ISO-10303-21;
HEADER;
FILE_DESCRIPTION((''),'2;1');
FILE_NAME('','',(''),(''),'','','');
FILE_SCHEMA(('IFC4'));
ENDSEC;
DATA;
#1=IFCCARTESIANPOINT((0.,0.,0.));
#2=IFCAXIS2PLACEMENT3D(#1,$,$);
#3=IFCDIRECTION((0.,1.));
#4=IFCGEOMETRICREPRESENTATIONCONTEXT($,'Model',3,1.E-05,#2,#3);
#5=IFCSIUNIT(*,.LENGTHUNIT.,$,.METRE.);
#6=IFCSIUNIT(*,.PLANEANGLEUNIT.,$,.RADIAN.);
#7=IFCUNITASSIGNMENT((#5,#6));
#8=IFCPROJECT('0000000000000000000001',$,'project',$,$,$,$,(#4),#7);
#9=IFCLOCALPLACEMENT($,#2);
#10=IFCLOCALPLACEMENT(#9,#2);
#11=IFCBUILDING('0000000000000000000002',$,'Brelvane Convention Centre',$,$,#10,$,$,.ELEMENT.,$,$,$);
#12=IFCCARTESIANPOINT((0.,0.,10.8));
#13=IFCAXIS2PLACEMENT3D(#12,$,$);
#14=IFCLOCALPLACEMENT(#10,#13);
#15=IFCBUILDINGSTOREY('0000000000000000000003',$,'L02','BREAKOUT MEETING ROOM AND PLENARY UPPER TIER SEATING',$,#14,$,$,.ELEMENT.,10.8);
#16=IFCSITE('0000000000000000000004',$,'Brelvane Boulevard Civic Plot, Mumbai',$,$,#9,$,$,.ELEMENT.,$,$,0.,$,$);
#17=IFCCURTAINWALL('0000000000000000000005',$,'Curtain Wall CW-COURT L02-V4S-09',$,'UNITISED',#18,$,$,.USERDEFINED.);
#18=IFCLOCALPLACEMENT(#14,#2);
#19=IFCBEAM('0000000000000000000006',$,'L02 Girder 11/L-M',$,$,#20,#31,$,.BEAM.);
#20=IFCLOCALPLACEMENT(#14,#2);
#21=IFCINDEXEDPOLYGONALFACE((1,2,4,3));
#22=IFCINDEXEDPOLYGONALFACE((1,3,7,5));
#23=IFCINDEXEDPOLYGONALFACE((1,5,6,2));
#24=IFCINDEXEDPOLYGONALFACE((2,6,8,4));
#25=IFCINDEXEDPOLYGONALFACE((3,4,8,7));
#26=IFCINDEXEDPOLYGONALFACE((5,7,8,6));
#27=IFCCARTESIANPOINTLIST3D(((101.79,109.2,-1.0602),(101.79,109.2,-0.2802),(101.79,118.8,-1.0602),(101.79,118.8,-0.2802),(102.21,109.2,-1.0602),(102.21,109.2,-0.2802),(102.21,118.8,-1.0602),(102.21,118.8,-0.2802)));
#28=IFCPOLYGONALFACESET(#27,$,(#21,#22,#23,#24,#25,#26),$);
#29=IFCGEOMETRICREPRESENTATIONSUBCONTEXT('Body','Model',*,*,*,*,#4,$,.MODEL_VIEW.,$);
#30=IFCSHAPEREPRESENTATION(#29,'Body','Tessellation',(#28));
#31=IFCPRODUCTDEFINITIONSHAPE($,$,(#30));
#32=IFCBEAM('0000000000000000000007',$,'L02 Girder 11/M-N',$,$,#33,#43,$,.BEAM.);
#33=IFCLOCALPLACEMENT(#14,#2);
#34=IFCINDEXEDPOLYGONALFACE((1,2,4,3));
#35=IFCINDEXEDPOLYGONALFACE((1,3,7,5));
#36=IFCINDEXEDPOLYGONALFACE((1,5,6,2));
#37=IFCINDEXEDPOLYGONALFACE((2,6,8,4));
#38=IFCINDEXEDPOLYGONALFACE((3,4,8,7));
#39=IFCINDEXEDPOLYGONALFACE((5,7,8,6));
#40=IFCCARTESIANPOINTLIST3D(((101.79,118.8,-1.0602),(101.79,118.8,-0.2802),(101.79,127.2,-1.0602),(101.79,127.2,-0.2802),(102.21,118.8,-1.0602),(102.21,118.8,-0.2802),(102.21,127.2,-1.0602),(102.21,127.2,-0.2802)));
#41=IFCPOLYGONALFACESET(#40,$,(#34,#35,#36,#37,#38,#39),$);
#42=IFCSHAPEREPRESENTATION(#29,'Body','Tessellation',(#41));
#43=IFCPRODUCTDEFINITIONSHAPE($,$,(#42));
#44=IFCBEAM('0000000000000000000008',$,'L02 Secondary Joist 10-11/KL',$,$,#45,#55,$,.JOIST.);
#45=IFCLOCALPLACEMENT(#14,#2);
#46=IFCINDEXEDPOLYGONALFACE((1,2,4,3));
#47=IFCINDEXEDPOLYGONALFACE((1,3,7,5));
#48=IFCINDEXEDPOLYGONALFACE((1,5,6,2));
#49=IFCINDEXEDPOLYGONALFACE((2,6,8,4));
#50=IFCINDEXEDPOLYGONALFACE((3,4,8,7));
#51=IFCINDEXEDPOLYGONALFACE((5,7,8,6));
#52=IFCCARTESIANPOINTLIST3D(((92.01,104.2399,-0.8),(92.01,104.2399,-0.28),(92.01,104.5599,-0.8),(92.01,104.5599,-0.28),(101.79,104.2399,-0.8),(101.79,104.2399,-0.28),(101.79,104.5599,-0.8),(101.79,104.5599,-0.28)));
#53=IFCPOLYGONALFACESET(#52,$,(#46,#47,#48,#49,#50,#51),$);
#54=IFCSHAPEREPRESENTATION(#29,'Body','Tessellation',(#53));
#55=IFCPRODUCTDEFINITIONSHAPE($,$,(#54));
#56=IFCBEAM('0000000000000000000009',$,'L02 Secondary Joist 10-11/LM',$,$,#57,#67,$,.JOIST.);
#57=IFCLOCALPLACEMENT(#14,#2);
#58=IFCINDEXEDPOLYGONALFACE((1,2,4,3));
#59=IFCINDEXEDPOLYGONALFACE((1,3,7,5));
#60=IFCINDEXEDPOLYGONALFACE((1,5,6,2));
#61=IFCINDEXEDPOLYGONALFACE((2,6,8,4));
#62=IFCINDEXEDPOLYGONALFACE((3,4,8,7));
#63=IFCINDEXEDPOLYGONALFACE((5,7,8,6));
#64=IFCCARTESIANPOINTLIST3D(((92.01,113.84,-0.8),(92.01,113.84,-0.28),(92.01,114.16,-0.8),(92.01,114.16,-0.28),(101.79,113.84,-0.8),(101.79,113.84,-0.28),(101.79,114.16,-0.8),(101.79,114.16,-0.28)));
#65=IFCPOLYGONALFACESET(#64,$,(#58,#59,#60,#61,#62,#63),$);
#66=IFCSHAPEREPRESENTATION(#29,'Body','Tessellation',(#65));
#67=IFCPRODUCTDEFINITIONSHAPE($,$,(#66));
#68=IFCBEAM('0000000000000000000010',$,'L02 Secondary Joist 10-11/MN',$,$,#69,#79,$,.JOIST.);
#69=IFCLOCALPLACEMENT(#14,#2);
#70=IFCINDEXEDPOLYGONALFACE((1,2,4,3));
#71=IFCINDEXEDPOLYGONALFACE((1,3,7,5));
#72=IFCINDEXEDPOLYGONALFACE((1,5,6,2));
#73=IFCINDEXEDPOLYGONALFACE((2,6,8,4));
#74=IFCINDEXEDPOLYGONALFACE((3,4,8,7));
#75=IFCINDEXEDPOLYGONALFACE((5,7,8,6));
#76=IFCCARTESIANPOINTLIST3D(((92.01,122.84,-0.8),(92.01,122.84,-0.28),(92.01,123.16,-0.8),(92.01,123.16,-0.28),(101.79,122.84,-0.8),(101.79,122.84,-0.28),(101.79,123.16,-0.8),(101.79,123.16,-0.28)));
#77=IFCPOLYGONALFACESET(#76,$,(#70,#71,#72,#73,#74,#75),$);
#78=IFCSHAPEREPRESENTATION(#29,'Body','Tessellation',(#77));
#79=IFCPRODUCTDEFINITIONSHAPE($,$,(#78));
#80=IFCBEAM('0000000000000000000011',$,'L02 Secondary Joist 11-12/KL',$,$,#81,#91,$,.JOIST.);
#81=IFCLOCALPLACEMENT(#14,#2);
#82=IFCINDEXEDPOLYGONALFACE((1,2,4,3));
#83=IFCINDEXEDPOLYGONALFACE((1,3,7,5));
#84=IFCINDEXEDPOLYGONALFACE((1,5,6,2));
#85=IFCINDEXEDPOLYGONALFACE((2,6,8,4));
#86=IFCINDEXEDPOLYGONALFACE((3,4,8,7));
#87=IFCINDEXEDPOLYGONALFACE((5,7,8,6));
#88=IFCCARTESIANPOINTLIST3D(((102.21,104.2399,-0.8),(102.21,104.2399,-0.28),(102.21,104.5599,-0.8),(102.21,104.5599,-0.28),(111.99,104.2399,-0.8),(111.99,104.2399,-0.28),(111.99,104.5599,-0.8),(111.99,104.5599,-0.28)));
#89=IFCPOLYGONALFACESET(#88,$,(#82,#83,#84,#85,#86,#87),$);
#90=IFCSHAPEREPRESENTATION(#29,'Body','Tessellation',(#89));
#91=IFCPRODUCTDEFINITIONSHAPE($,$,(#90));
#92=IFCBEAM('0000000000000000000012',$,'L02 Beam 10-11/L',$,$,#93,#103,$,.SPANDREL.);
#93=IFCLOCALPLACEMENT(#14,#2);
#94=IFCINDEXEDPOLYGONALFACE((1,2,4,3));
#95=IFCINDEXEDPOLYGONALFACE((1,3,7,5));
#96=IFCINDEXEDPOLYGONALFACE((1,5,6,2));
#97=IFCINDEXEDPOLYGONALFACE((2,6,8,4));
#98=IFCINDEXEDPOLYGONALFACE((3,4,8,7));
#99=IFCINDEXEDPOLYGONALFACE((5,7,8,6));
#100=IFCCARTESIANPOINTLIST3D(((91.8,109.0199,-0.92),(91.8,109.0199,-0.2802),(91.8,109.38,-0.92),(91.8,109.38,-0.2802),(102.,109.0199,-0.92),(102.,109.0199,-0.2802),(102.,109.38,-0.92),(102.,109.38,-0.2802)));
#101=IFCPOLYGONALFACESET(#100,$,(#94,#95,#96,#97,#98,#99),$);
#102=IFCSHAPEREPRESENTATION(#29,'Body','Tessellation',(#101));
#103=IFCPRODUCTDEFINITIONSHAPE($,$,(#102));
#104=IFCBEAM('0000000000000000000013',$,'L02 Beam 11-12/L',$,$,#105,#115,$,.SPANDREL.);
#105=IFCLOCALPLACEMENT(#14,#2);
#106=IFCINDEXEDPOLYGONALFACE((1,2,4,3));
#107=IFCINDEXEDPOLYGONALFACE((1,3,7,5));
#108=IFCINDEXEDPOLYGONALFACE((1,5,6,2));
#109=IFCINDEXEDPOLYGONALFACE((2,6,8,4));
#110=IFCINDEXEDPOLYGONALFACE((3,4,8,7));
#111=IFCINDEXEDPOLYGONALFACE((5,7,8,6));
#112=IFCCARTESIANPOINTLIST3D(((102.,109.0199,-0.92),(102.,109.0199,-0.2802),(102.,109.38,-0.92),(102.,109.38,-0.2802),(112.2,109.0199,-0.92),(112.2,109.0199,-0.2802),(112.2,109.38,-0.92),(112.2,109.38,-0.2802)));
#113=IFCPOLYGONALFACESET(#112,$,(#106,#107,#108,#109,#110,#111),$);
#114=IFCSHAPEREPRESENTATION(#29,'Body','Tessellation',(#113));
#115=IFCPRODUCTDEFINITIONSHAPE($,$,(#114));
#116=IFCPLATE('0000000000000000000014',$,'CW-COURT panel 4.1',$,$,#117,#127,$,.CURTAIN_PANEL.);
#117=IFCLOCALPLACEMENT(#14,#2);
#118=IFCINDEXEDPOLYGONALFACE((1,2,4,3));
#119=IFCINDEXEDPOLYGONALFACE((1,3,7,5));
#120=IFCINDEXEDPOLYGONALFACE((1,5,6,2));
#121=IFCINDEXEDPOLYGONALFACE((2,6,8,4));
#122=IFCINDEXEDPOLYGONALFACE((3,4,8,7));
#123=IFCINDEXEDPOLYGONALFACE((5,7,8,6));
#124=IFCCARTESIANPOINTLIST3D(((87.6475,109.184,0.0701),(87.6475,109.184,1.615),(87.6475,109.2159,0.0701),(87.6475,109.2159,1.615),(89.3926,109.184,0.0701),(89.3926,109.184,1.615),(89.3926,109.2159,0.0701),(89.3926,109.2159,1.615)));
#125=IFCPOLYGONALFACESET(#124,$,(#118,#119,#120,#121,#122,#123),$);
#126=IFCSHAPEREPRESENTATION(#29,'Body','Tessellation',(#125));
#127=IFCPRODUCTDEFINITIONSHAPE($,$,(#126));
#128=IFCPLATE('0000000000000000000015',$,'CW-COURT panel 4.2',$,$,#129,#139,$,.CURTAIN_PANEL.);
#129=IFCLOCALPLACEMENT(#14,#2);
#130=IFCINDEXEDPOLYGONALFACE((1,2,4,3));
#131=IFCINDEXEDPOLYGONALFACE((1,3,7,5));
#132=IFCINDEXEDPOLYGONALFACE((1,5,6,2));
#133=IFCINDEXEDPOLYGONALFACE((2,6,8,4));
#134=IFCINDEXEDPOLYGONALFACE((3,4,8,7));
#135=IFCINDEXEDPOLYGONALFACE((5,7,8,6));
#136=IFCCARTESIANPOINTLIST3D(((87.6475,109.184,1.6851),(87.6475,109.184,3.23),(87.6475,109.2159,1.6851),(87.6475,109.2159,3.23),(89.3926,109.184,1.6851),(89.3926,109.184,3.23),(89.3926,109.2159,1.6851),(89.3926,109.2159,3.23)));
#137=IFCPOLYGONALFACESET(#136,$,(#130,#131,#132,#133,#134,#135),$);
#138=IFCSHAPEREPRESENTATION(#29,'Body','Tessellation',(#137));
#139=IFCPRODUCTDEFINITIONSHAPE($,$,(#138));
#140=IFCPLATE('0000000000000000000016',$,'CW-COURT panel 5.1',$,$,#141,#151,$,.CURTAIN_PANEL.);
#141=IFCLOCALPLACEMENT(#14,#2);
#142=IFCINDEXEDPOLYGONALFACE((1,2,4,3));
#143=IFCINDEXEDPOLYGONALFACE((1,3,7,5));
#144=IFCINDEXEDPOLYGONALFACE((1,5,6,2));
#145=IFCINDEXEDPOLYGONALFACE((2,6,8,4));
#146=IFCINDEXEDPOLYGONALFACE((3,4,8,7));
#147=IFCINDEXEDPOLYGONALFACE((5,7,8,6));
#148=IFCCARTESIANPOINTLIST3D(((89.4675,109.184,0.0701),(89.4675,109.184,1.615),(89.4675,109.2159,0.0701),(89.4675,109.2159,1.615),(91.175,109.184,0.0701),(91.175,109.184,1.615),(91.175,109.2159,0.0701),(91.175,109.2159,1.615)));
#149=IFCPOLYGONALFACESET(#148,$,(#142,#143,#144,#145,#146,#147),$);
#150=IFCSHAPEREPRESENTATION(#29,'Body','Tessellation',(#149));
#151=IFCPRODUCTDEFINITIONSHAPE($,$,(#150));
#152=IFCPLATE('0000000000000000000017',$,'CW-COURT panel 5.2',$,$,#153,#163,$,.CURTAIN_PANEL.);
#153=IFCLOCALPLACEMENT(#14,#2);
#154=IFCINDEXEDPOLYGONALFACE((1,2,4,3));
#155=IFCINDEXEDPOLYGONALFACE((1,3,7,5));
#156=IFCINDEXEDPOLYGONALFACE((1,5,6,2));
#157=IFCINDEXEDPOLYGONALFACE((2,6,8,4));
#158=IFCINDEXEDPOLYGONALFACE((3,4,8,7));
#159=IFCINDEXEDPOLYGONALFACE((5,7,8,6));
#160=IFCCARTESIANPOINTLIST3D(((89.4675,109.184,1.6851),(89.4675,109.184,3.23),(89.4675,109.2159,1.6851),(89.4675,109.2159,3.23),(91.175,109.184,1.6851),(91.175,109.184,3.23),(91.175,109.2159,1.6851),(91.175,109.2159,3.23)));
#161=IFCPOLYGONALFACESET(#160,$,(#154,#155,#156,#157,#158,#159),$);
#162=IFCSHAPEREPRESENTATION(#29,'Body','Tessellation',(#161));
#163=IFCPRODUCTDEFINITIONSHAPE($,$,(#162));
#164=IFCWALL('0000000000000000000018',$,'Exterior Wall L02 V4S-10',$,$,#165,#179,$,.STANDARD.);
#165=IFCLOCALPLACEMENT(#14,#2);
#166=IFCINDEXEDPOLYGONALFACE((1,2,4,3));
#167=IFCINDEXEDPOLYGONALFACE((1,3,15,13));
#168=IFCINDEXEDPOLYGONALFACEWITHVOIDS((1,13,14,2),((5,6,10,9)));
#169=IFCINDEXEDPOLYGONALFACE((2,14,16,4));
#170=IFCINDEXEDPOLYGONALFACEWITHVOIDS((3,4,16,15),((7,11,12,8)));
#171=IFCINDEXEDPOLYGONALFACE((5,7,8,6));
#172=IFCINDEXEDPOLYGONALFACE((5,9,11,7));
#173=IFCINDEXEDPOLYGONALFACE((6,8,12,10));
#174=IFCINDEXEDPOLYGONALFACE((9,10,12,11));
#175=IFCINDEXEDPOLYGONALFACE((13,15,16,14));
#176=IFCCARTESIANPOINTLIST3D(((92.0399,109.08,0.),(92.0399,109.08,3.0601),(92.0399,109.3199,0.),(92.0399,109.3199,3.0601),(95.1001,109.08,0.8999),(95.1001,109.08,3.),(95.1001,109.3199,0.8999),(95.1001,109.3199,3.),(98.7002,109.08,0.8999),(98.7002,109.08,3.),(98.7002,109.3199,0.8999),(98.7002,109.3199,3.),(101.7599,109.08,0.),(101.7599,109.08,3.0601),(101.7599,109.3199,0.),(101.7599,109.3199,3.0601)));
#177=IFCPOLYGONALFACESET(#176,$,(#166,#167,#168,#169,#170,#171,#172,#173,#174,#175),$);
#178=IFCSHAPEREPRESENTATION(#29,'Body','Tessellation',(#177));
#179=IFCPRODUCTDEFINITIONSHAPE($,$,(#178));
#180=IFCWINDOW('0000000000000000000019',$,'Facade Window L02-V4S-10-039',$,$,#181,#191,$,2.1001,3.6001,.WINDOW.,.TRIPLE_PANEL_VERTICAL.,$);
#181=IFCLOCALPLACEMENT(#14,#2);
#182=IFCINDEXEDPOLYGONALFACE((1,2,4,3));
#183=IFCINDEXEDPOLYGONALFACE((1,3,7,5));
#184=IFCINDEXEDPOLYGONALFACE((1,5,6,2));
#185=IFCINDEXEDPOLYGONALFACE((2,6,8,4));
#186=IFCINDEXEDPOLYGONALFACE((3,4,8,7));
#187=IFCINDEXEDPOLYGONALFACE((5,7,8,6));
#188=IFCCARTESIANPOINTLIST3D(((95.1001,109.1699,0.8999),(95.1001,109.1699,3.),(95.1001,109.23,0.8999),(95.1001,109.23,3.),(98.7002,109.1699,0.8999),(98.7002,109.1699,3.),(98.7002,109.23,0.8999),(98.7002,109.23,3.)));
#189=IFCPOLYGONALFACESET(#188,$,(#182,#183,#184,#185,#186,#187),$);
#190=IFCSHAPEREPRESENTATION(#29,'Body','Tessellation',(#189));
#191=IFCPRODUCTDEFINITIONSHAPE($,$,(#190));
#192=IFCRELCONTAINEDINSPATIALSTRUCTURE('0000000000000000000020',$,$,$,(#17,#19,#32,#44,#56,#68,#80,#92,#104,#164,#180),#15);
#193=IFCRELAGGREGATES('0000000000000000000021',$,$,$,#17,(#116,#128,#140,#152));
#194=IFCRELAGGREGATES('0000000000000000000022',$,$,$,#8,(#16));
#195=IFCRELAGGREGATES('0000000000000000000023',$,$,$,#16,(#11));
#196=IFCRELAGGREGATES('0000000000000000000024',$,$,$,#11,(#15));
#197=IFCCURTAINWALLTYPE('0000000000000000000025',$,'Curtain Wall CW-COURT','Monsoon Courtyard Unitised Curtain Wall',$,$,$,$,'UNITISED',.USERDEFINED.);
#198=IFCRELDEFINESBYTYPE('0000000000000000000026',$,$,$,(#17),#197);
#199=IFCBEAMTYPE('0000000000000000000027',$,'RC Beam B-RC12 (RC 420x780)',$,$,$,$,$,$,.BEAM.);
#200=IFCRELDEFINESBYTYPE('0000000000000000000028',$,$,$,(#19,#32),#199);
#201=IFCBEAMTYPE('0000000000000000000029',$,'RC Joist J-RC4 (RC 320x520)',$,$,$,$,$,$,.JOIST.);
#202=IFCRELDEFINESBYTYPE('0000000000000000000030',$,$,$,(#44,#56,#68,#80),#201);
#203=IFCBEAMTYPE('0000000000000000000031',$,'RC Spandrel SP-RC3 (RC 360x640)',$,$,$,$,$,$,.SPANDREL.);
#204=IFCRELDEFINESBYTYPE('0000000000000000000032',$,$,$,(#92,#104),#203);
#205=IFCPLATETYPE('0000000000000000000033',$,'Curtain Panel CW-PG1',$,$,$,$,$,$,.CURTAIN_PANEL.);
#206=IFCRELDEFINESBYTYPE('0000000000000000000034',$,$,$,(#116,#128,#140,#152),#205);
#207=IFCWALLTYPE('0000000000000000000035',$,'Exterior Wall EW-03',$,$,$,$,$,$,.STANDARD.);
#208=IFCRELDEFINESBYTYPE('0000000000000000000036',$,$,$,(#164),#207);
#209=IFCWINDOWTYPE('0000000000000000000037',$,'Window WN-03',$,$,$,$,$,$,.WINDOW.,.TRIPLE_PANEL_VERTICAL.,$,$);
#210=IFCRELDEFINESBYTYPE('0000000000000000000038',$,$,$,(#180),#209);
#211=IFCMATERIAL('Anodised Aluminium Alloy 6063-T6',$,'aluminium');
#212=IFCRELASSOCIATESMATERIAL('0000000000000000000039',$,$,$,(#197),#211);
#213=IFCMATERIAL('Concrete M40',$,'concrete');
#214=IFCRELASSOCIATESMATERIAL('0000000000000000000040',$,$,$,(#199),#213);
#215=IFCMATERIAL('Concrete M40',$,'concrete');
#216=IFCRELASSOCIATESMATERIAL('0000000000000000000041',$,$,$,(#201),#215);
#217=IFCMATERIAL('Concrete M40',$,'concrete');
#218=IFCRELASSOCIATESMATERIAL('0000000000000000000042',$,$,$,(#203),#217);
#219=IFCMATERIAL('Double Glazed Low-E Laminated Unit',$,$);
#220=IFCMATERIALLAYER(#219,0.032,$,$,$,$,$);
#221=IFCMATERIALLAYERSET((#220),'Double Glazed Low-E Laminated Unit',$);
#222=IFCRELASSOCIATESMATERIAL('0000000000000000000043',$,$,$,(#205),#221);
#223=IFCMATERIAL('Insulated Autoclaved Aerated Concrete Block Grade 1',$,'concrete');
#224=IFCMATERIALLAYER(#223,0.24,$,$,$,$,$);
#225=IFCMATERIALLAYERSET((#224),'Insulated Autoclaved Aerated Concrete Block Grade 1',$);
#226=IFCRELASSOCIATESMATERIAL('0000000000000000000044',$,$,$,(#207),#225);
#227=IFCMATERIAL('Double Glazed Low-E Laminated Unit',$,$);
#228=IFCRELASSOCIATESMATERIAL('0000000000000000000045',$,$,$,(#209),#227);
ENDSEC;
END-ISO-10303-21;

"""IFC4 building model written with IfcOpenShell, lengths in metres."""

from ifc_helpers import new_model, si_unit, direction, frame, frame_2d, origin, origin_2d, place, context, subcontext, project, spatial, rectangle, extrude, material, layer, layer_set, material_profile, profile_set, type_object, element, fill, aggregate, save


model = new_model("IFC4")

# Units and contexts
model_context = context("Model", 3, precision=1e-05, world=origin(), true_north=direction((0.0, 1.0)))
body_context = subcontext(model_context, "Body", "Model", "MODEL_VIEW")
ifc_project = project(units=[si_unit("LENGTHUNIT", "METRE"), si_unit("PLANEANGLEUNIT", "RADIAN")], contexts=[model_context])

# Site, building, storey
site_placement = place(None, origin())
site = spatial("IfcSite", under=ifc_project, at=site_placement, Name="Brelvane Boulevard Civic Plot, Mumbai", CompositionType="ELEMENT", RefElevation=0.0)
building_placement = place(site_placement, origin())
building = spatial("IfcBuilding", under=site, at=building_placement, Name="Brelvane Convention Centre", CompositionType="ELEMENT")
storey_placement = place(building_placement, frame((0.0, 0.0, 10.8)))
storey = spatial("IfcBuildingStorey", under=building, at=storey_placement, Name="L02", Description="BREAKOUT MEETING ROOM AND PLENARY UPPER TIER SEATING", CompositionType="ELEMENT", Elevation=10.8)

# Curtain wall
ifc_material_1 = material(Name="Anodised Aluminium Alloy 6063-T6", Category="aluminium")
curtain_wall_type_1 = type_object("IfcCurtainWallType", Name="Curtain Wall CW-COURT", Description="Monsoon Courtyard Unitised Curtain Wall", ElementType="UNITISED", PredefinedType="USERDEFINED", material=ifc_material_1)
curtain_wall_1_placement = place(storey_placement, origin())
curtain_wall_1 = element("IfcCurtainWall", 1, at=curtain_wall_1_placement, inside=storey, type_object=curtain_wall_type_1, Name="Curtain Wall CW-COURT L02-V4S-09", ObjectType="UNITISED", PredefinedType="USERDEFINED")

# Beams
ifc_material_2 = material(Name="Concrete M40", Category="concrete")
ifc_material_profile_1 = material_profile(ifc_material_2, rectangle(XDim=0.4199, YDim=0.78, at=origin_2d()), Name="RC 420x780")
ifc_profile_set_1 = profile_set([ifc_material_profile_1], Name="Concrete M40")
beam_type_1 = type_object("IfcBeamType", Name="RC Beam B-RC12 (RC 420x780)", PredefinedType="BEAM", material=ifc_profile_set_1)
beam_1_placement = place(storey_placement, frame((102.0, 109.2, -0.6702), z_axis=(0.0, 1.0, 0.0), x_axis=(-1.0, 0.0, 0.0)))
element("IfcBeam", 2, at=beam_1_placement, inside=storey, type_object=beam_type_1, Name="L02 Girder 11/L-M", PredefinedType="BEAM", context=body_context, shape_type="SweptSolid", body=[
    extrude(rectangle(XDim=0.4199, YDim=0.78, at=origin_2d()), origin(), (0.0, 0.0, 1.0), 9.6001),
])
beam_2_placement = place(storey_placement, frame((102.0, 118.8, -0.6702), z_axis=(0.0, 1.0, 0.0), x_axis=(-1.0, 0.0, 0.0)))
element("IfcBeam", 3, at=beam_2_placement, inside=storey, type_object=beam_type_1, Name="L02 Girder 11/M-N", PredefinedType="BEAM", context=body_context, shape_type="SweptSolid", body=[
    extrude(rectangle(XDim=0.4199, YDim=0.78, at=origin_2d()), origin(), (0.0, 0.0, 1.0), 8.3999),
])
ifc_material_3 = material(Name="Concrete M40", Category="concrete")
ifc_material_profile_2 = material_profile(ifc_material_3, rectangle(XDim=0.3201, YDim=0.52, at=origin_2d()), Name="RC 320x520")
ifc_profile_set_2 = profile_set([ifc_material_profile_2], Name="Concrete M40")
beam_type_2 = type_object("IfcBeamType", Name="RC Joist J-RC4 (RC 320x520)", PredefinedType="JOIST", material=ifc_profile_set_2)
for number, where, z_axis, x_axis, name in (
    (4, (92.01, 104.3999, -0.54), (1.0, 0.0, 0.0), (0.0, 1.0, 0.0), "L02 Secondary Joist 10-11/KL"),
    (5, (92.01, 114.0, -0.54), (1.0, 0.0, 0.0), (0.0, 1.0, 0.0), "L02 Secondary Joist 10-11/LM"),
    (6, (92.01, 123.0, -0.54), (1.0, 0.0, 0.0), (0.0, 1.0, 0.0), "L02 Secondary Joist 10-11/MN"),
    (7, (102.21, 104.3999, -0.54), (1.0, 0.0, 0.0), (0.0, 1.0, 0.0), "L02 Secondary Joist 11-12/KL"),
):
    element("IfcBeam", number, at=place(storey_placement, frame(where, z_axis=z_axis, x_axis=x_axis)), inside=storey, type_object=beam_type_2, Name=name, PredefinedType="JOIST", context=body_context, shape_type="SweptSolid", body=[
        extrude(rectangle(XDim=0.3201, YDim=0.52, at=origin_2d()), origin(), (0.0, 0.0, 1.0), 9.78),
    ])
ifc_material_4 = material(Name="Concrete M40", Category="concrete")
ifc_material_profile_3 = material_profile(ifc_material_4, rectangle(XDim=0.3601, YDim=0.6399, at=origin_2d()), Name="RC 360x640")
ifc_profile_set_3 = profile_set([ifc_material_profile_3], Name="Concrete M40")
beam_type_3 = type_object("IfcBeamType", Name="RC Spandrel SP-RC3 (RC 360x640)", PredefinedType="SPANDREL", material=ifc_profile_set_3)
for number, where, z_axis, x_axis, name in (
    (8, (91.8, 109.2, -0.6001), (1.0, 0.0, 0.0), (0.0, 1.0, 0.0), "L02 Beam 10-11/L"),
    (9, (102.0, 109.2, -0.6001), (1.0, 0.0, 0.0), (0.0, 1.0, 0.0), "L02 Beam 11-12/L"),
):
    element("IfcBeam", number, at=place(storey_placement, frame(where, z_axis=z_axis, x_axis=x_axis)), inside=storey, type_object=beam_type_3, Name=name, PredefinedType="SPANDREL", context=body_context, shape_type="SweptSolid", body=[
        extrude(rectangle(XDim=0.3601, YDim=0.6399, at=origin_2d()), origin(), (0.0, 0.0, 1.0), 10.2),
    ])

# Plates
ifc_material_5 = material(Name="Double Glazed Low-E Laminated Unit")
ifc_layer_1 = layer(ifc_material_5, 0.032)
ifc_layer_set_1 = layer_set([ifc_layer_1], Name="Double Glazed Low-E Laminated Unit")
plate_type = type_object("IfcPlateType", Name="Curtain Panel CW-PG1", PredefinedType="CURTAIN_PANEL", material=ifc_layer_set_1)
plate_1_placement = place(storey_placement, frame((88.52, 109.2, 0.0701), z_axis=(0.0, 0.0, 1.0), x_axis=(1.0, 0.0, 0.0)))
plate_1 = element("IfcPlate", 10, at=plate_1_placement, type_object=plate_type, Name="CW-COURT panel 4.1", PredefinedType="CURTAIN_PANEL", context=body_context, shape_type="SweptSolid", body=[
    extrude(rectangle(XDim=1.7451, YDim=0.032, at=origin_2d()), origin(), (0.0, 0.0, 1.0), 1.5449),
])
plate_2_placement = place(storey_placement, frame((88.52, 109.2, 1.6851), z_axis=(0.0, 0.0, 1.0), x_axis=(1.0, 0.0, 0.0)))
plate_2 = element("IfcPlate", 11, at=plate_2_placement, type_object=plate_type, Name="CW-COURT panel 4.2", PredefinedType="CURTAIN_PANEL", context=body_context, shape_type="SweptSolid", body=[
    extrude(rectangle(XDim=1.7451, YDim=0.032, at=origin_2d()), origin(), (0.0, 0.0, 1.0), 1.5449),
])
plate_3_placement = place(storey_placement, frame((90.3213, 109.2, 0.0701), z_axis=(0.0, 0.0, 1.0), x_axis=(1.0, 0.0, 0.0)))
plate_3 = element("IfcPlate", 12, at=plate_3_placement, type_object=plate_type, Name="CW-COURT panel 5.1", PredefinedType="CURTAIN_PANEL", context=body_context, shape_type="SweptSolid", body=[
    extrude(rectangle(XDim=1.7075, YDim=0.032, at=origin_2d()), origin(), (0.0, 0.0, 1.0), 1.5449),
])
plate_4_placement = place(storey_placement, frame((90.3213, 109.2, 1.6851), z_axis=(0.0, 0.0, 1.0), x_axis=(1.0, 0.0, 0.0)))
plate_4 = element("IfcPlate", 13, at=plate_4_placement, type_object=plate_type, Name="CW-COURT panel 5.2", PredefinedType="CURTAIN_PANEL", context=body_context, shape_type="SweptSolid", body=[
    extrude(rectangle(XDim=1.7075, YDim=0.032, at=origin_2d()), origin(), (0.0, 0.0, 1.0), 1.5449),
])
aggregate(curtain_wall_1, [plate_1, plate_2, plate_3, plate_4])

# Wall, opening, window
ifc_material_6 = material(Name="Insulated Autoclaved Aerated Concrete Block Grade 1", Category="concrete")
ifc_layer_2 = layer(ifc_material_6, 0.24)
ifc_layer_set_2 = layer_set([ifc_layer_2], Name="Insulated Autoclaved Aerated Concrete Block Grade 1")
wall_type_1 = type_object("IfcWallType", Name="Exterior Wall EW-03", PredefinedType="STANDARD", material=ifc_layer_set_2)
wall_1_placement = place(storey_placement, frame((92.04, 109.2, 0.0), z_axis=(0.0, 0.0, 1.0), x_axis=(1.0, 0.0, 0.0)))
wall_1 = element("IfcWall", 14, at=wall_1_placement, inside=storey, type_object=wall_type_1, Name="Exterior Wall L02 V4S-10", PredefinedType="STANDARD", context=body_context, shape_type="SweptSolid", body=[
    extrude(rectangle(XDim=9.72, YDim=0.24, at=frame_2d((4.8599, 0.0))), origin(), (0.0, 0.0, 1.0), 3.0601),
])
opening_1_placement = place(wall_1_placement, frame((3.0601, 0.0, 0.8999)))
opening_1 = element("IfcOpeningElement", 15, at=opening_1_placement, cuts=wall_1, PredefinedType="OPENING", context=body_context, shape_type="SweptSolid", body=[
    extrude(rectangle(XDim=3.6001, YDim=2.1001, at=frame_2d((1.8, 1.05))), frame((0.0, 0.1299, 0.0), z_axis=(0.0, -1.0, 0.0), x_axis=(1.0, 0.0, 0.0)), (0.0, 0.0, 1.0), 0.26),
])
ifc_material_7 = material(Name="Double Glazed Low-E Laminated Unit")
window_type = type_object("IfcWindowType", Name="Window WN-03", PartitioningType="TRIPLE_PANEL_VERTICAL", PredefinedType="WINDOW", material=ifc_material_7)
window_placement = place(opening_1_placement, origin())
window = element("IfcWindow", 16, at=window_placement, inside=storey, type_object=window_type, Name="Facade Window L02-V4S-10-039", OverallHeight=2.1001, OverallWidth=3.6001, PartitioningType="TRIPLE_PANEL_VERTICAL", PredefinedType="WINDOW", context=body_context, shape_type="SweptSolid", body=[
    extrude(rectangle(XDim=3.6001, YDim=2.1001, at=frame_2d((1.8, 1.05))), frame((0.0, 0.03, 0.0), z_axis=(0.0, -1.0, 0.0), x_axis=(1.0, 0.0, 0.0)), (0.0, 0.0, 1.0), 0.0601),
])
fill(opening_1, window)

save(model, "model.ifc")
